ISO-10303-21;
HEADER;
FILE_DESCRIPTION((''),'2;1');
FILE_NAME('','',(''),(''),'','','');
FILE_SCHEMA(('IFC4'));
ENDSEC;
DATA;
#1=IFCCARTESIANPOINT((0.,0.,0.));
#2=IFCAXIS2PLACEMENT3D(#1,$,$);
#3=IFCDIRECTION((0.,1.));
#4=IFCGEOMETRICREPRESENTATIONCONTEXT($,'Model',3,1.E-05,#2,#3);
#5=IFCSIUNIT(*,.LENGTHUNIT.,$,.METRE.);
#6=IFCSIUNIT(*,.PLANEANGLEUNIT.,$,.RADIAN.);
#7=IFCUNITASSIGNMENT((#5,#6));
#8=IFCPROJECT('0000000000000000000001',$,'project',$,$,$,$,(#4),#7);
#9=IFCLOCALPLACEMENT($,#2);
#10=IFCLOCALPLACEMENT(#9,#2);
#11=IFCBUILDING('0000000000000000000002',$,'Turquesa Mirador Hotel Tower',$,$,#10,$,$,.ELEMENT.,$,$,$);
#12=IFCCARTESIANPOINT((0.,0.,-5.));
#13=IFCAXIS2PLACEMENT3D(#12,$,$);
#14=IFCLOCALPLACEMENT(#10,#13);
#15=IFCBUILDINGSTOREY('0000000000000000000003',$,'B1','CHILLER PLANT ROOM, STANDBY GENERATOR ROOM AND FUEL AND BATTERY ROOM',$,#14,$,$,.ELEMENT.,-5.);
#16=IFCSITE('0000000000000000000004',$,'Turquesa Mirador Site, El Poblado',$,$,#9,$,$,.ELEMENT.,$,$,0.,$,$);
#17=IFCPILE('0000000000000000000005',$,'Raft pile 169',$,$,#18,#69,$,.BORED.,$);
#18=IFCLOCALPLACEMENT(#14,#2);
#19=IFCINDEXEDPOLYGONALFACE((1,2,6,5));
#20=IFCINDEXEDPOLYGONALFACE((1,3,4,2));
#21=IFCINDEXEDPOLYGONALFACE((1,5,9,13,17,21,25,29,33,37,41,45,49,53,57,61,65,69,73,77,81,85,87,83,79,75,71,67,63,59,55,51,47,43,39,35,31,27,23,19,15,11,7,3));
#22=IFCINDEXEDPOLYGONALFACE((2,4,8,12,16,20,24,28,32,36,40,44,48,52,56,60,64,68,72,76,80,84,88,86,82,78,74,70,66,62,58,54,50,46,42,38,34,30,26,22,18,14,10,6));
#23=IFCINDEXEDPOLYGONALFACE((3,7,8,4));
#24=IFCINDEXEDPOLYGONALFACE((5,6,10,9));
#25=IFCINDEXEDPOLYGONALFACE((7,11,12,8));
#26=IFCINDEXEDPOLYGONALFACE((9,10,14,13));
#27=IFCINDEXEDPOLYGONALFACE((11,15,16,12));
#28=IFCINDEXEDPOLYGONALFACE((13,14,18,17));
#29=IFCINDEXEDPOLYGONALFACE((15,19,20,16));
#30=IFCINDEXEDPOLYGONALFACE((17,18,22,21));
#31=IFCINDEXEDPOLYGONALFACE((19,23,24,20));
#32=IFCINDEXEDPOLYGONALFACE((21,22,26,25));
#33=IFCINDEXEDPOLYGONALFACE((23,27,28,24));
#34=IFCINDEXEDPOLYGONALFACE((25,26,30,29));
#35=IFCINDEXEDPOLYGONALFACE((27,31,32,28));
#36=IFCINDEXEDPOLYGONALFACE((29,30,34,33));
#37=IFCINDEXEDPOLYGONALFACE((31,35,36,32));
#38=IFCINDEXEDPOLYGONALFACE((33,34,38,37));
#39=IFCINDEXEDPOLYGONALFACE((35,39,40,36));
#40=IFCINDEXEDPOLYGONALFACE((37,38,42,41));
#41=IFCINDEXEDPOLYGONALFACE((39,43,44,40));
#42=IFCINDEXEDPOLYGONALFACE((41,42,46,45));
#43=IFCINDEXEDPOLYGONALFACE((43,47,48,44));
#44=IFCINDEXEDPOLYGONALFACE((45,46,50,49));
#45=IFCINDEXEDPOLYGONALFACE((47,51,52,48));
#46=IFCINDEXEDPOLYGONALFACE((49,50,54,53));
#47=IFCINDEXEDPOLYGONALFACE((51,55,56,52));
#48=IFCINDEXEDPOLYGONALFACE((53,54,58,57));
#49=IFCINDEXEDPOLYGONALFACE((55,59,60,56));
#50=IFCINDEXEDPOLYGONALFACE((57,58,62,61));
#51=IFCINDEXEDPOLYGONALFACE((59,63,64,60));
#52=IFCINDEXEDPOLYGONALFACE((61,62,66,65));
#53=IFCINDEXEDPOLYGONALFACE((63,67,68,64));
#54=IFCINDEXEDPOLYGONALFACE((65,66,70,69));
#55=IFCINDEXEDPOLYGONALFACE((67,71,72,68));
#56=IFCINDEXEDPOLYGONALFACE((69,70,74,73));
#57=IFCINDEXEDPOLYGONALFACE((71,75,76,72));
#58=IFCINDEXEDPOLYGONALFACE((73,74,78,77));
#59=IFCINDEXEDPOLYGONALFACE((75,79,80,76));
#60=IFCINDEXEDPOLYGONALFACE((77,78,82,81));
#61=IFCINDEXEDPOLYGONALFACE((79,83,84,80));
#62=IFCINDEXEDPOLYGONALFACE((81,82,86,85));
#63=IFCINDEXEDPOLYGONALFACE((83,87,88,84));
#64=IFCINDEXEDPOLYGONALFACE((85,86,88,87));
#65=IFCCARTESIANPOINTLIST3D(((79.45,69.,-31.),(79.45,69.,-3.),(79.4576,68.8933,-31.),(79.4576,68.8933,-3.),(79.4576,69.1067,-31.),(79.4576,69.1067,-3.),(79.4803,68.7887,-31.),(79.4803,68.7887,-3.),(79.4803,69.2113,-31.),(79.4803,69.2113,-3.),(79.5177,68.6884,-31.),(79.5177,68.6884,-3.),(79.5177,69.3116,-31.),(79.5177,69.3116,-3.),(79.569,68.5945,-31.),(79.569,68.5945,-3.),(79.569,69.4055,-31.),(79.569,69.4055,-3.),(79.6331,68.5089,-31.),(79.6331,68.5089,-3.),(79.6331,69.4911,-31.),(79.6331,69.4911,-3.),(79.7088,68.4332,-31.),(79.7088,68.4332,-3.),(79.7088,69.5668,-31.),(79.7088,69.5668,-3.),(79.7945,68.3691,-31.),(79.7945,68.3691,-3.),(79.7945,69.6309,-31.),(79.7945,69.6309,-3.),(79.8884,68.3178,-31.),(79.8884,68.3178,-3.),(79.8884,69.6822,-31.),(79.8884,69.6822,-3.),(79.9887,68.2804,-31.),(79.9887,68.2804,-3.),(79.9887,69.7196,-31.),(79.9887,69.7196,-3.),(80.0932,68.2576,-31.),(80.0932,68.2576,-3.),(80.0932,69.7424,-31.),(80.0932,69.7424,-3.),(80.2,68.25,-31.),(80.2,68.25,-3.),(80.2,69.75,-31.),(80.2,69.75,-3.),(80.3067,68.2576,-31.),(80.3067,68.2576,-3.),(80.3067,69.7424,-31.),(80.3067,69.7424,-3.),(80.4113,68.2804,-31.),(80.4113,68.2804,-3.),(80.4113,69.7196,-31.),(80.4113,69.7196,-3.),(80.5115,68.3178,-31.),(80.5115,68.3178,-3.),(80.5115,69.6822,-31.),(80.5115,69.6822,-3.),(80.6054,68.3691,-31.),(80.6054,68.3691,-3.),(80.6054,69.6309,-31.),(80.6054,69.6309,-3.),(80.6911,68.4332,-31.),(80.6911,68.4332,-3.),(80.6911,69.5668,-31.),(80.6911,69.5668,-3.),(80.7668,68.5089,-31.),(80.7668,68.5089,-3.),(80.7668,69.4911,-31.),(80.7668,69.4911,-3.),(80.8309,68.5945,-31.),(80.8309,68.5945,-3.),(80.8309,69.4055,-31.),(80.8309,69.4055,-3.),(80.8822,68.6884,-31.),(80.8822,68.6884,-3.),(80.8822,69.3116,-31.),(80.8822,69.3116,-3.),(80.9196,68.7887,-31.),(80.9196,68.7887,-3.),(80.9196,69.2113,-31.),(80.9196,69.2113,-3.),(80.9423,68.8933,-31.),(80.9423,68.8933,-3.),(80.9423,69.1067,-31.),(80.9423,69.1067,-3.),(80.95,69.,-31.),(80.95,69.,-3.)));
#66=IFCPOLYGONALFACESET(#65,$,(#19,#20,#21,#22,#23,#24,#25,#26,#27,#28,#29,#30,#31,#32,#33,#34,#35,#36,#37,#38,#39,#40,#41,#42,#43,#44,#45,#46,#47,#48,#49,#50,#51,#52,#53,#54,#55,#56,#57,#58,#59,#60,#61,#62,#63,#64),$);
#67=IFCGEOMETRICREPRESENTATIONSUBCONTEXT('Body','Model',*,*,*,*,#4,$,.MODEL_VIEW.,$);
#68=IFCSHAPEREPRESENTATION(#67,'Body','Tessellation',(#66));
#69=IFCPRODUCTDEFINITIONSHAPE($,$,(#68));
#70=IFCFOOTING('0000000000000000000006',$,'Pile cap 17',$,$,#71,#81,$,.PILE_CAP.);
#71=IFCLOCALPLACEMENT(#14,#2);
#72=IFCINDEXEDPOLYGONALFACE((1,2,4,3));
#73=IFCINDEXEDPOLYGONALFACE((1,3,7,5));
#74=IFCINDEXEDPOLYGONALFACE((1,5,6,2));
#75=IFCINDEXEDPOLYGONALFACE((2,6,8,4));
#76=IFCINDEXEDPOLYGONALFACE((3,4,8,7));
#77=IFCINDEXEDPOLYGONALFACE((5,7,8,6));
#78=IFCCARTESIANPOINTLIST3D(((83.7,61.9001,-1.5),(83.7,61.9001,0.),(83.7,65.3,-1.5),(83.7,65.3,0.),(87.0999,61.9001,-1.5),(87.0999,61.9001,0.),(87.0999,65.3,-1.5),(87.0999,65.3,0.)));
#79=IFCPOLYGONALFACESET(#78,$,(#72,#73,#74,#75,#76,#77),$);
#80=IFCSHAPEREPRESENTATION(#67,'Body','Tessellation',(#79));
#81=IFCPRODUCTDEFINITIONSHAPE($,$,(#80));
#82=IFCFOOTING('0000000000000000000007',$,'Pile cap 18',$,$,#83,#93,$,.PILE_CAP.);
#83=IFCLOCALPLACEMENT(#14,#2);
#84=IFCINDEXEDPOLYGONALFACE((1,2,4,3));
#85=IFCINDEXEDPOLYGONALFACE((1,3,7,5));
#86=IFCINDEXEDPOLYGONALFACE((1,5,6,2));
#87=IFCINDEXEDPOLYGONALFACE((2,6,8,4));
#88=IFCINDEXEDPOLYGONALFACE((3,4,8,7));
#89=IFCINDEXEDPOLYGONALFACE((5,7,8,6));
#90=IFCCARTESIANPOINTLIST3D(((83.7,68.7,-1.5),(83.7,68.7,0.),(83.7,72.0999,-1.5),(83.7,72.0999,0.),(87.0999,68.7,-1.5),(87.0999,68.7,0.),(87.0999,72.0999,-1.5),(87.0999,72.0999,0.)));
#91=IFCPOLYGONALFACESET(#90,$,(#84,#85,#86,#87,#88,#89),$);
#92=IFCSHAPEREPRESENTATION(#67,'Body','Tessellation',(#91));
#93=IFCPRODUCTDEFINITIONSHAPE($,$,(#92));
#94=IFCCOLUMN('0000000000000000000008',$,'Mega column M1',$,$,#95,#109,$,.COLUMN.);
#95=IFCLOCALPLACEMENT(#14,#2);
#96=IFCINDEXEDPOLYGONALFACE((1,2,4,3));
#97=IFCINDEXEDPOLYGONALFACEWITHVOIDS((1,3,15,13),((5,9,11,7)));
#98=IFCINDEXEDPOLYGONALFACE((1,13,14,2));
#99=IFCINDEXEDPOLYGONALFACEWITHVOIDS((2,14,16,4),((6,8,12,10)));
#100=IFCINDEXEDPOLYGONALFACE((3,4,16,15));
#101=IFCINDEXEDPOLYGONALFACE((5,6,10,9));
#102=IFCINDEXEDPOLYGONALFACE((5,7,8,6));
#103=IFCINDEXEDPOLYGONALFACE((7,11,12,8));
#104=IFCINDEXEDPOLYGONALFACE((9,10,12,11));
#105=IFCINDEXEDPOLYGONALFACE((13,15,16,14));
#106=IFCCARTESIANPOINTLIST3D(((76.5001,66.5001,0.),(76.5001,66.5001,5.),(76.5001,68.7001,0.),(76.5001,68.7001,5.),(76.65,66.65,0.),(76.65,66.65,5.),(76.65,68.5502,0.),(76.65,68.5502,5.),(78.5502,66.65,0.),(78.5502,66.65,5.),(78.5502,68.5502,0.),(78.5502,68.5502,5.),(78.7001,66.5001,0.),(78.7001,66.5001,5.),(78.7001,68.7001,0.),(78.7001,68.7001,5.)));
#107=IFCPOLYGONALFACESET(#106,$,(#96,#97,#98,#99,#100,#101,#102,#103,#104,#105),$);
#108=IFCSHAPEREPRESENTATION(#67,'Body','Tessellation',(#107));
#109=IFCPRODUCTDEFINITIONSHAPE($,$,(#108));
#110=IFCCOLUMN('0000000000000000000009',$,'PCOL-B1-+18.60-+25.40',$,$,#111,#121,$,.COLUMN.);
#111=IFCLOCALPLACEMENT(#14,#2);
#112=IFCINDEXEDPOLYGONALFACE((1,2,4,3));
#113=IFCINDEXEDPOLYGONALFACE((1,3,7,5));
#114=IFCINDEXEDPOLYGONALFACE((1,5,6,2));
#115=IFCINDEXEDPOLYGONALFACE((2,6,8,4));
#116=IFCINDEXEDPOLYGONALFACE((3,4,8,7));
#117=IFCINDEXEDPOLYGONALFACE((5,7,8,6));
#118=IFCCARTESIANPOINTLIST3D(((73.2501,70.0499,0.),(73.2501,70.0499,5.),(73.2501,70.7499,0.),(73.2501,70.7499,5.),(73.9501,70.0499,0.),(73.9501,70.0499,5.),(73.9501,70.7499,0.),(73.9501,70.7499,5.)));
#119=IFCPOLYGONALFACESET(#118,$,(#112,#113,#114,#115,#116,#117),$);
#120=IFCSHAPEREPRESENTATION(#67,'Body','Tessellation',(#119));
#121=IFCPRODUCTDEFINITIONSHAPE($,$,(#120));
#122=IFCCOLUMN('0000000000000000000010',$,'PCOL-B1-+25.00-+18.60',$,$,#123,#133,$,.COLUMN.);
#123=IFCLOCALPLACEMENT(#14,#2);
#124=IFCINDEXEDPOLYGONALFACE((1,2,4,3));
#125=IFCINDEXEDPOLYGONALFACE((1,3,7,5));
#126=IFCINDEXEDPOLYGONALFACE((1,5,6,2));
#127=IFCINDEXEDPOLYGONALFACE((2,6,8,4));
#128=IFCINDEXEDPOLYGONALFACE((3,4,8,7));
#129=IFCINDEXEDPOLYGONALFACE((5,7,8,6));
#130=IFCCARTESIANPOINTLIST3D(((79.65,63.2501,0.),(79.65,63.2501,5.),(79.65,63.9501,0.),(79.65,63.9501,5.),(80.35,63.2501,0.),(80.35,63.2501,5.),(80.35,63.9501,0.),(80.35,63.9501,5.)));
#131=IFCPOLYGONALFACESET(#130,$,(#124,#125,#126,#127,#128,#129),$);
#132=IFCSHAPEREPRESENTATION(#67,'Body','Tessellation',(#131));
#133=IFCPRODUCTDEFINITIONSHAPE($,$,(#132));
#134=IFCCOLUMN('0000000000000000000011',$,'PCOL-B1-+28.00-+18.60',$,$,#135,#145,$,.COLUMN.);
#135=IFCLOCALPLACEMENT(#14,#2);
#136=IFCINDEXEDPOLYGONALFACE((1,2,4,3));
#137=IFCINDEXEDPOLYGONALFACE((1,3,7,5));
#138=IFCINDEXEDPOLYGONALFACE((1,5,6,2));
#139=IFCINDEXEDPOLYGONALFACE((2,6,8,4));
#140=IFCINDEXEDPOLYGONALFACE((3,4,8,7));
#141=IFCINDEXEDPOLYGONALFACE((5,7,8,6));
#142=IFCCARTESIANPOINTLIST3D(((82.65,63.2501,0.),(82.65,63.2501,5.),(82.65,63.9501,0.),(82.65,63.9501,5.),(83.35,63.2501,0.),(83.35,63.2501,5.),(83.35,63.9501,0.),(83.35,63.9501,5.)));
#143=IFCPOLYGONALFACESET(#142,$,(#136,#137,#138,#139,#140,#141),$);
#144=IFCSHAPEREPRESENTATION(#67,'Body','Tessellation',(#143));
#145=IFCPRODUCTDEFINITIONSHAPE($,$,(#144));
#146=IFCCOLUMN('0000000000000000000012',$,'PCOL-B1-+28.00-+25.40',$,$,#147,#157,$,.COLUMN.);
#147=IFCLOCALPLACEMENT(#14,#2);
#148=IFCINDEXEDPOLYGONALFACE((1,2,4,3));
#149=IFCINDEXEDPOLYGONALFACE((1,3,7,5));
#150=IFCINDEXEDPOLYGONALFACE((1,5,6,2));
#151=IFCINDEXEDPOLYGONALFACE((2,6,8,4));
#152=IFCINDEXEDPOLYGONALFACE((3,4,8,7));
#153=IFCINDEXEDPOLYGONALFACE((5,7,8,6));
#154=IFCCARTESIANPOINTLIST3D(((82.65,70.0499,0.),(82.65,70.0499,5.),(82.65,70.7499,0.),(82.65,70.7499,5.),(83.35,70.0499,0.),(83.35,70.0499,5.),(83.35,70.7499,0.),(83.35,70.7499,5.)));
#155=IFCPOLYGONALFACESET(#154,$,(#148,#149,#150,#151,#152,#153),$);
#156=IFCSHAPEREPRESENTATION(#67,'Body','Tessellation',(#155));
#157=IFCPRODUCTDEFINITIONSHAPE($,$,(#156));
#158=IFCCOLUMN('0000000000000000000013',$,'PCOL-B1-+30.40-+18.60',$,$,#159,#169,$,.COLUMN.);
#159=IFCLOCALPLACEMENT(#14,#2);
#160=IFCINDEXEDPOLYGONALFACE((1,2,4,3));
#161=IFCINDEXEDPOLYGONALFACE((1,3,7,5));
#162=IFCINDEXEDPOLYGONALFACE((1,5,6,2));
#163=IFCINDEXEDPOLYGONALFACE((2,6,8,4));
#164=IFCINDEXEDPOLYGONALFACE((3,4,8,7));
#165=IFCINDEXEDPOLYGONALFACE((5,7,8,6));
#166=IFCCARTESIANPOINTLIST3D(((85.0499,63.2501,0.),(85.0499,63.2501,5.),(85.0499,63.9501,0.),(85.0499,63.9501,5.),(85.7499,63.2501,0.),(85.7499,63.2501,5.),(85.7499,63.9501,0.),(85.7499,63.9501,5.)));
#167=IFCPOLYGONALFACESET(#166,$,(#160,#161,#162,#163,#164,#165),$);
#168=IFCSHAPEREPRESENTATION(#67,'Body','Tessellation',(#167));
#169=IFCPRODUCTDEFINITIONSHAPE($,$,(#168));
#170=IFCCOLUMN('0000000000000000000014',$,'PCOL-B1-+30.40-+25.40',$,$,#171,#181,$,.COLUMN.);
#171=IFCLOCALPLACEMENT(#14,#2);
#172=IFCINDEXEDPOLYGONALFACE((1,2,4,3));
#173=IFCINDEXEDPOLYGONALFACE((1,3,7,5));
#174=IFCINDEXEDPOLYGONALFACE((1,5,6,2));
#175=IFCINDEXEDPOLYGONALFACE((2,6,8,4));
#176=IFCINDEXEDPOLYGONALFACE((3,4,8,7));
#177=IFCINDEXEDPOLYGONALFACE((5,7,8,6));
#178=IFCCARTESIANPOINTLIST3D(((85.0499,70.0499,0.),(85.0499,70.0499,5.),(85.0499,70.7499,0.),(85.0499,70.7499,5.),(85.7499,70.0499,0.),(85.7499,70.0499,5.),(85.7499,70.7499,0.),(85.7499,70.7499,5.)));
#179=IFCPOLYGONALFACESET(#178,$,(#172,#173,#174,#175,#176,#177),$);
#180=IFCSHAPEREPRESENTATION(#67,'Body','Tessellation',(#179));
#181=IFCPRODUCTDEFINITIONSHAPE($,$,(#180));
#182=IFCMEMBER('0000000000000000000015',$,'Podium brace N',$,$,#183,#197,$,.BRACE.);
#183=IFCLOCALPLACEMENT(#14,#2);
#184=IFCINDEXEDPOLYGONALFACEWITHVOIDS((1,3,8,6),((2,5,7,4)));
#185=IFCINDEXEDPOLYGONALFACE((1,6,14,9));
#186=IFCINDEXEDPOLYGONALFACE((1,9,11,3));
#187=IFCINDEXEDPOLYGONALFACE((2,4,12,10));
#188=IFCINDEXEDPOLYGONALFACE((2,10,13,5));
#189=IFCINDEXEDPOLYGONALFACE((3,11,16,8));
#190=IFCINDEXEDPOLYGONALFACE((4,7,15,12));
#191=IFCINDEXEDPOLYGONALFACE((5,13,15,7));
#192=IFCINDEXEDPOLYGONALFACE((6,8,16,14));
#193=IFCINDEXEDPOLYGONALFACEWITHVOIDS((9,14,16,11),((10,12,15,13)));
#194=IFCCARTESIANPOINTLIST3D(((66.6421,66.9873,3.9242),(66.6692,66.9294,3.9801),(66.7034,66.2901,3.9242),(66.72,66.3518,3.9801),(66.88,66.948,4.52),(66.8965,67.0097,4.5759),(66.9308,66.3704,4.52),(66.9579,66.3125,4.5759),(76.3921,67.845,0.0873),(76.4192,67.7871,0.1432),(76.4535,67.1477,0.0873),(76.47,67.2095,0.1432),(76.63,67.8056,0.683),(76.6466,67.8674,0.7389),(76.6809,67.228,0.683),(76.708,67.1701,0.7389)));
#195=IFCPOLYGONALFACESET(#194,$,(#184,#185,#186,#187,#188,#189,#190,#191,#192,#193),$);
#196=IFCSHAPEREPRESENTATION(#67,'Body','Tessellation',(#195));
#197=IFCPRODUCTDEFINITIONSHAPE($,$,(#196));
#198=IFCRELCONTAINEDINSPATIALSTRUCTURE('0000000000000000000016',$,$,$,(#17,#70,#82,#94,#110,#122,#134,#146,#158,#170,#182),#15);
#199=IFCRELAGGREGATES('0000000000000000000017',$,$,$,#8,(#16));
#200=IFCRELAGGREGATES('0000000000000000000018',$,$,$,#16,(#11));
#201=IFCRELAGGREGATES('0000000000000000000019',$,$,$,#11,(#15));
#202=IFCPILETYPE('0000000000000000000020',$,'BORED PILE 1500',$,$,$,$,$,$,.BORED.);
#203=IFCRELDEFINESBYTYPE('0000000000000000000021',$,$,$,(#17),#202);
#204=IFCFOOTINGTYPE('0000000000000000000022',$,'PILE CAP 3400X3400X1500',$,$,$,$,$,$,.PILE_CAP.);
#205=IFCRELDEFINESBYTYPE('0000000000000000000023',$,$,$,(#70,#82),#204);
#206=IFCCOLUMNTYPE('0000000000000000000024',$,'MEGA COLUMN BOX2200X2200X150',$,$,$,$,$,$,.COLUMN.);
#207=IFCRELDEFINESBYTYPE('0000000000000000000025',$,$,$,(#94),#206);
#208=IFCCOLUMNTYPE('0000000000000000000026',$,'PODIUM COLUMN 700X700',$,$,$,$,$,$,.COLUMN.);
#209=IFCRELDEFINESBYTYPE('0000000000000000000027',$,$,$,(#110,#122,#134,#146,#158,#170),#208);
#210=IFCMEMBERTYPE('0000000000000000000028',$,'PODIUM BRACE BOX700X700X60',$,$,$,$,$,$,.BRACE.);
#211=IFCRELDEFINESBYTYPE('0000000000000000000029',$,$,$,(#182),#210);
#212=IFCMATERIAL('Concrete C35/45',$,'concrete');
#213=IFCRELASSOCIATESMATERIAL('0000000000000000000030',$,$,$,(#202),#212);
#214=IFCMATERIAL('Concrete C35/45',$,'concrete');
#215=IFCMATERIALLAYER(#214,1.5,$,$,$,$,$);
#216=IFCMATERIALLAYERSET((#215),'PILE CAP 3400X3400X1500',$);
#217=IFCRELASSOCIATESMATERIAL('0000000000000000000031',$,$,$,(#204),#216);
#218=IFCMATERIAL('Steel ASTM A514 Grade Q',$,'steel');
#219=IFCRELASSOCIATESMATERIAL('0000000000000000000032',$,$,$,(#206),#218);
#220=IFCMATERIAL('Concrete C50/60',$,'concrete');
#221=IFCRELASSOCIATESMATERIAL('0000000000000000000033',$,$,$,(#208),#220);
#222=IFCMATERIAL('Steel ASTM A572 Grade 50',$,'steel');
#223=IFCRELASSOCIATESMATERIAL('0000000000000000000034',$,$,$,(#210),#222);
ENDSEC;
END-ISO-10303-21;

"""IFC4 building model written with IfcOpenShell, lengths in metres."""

from ifc_helpers import new_model, si_unit, direction, frame, origin, origin_2d, place, context, subcontext, project, spatial, rectangle, hollow_rectangle, circle, extrude, material, layer, layer_set, material_profile, profile_set, type_object, element, save


model = new_model("IFC4")

# Units and contexts
model_context = context("Model", 3, precision=1e-05, world=origin(), true_north=direction((0.0, 1.0)))
body_context = subcontext(model_context, "Body", "Model", "MODEL_VIEW")
ifc_project = project(units=[si_unit("LENGTHUNIT", "METRE"), si_unit("PLANEANGLEUNIT", "RADIAN")], contexts=[model_context])

# Site, building, storey
site_placement = place(None, origin())
site = spatial("IfcSite", under=ifc_project, at=site_placement, Name="Turquesa Mirador Site, El Poblado", CompositionType="ELEMENT", RefElevation=0.0)
building_placement = place(site_placement, origin())
building = spatial("IfcBuilding", under=site, at=building_placement, Name="Turquesa Mirador Hotel Tower", CompositionType="ELEMENT")
storey_placement = place(building_placement, frame((0.0, 0.0, -5.0)))
storey = spatial("IfcBuildingStorey", under=building, at=storey_placement, Name="B1", Description="CHILLER PLANT ROOM, STANDBY GENERATOR ROOM AND FUEL AND BATTERY ROOM", CompositionType="ELEMENT", Elevation=-5.0)

# Pile
ifc_material_1 = material(Name="Concrete C35/45", Category="concrete")
pile_type_1 = type_object("IfcPileType", Name="BORED PILE 1500", PredefinedType="BORED", material=ifc_material_1)
for number, where, z_axis, x_axis, name in (
    (1, (80.2, 69.0, -3.0), (0.0, 0.0, -1.0), (1.0, 0.0, 0.0), "Raft pile 169"),
):
    element("IfcPile", number, at=place(storey_placement, frame(where, z_axis=z_axis, x_axis=x_axis)), inside=storey, type_object=pile_type_1, Name=name, PredefinedType="BORED", context=body_context, shape_type="SweptSolid", body=[
        extrude(circle(Radius=0.75, at=origin_2d()), origin(), (0.0, 0.0, 1.0), 28.0),
    ])

# Footings
ifc_material_2 = material(Name="Concrete C35/45", Category="concrete")
ifc_layer = layer(ifc_material_2, 1.5)
ifc_layer_set = layer_set([ifc_layer], Name="PILE CAP 3400X3400X1500")
footing_type = type_object("IfcFootingType", Name="PILE CAP 3400X3400X1500", PredefinedType="PILE_CAP", material=ifc_layer_set)
for number, where, z_axis, x_axis, name in (
    (2, (85.3999, 63.6001, -1.5), (0.0, 0.0, 1.0), (1.0, 0.0, 0.0), "Pile cap 17"),
    (3, (85.3999, 70.3999, -1.5), (0.0, 0.0, 1.0), (1.0, 0.0, 0.0), "Pile cap 18"),
):
    element("IfcFooting", number, at=place(storey_placement, frame(where, z_axis=z_axis, x_axis=x_axis)), inside=storey, type_object=footing_type, Name=name, PredefinedType="PILE_CAP", context=body_context, shape_type="SweptSolid", body=[
        extrude(rectangle(XDim=3.3999, YDim=3.3999, at=origin_2d()), origin(), (0.0, 0.0, 1.0), 1.5),
    ])

# Columns
ifc_material_3 = material(Name="Steel ASTM A514 Grade Q", Category="steel")
ifc_material_profile_1 = material_profile(ifc_material_3, hollow_rectangle(XDim=2.2, YDim=2.2, WallThickness=0.1499, at=origin_2d()), Name="BOX2200X2200X150")
ifc_profile_set_1 = profile_set([ifc_material_profile_1], Name="Steel ASTM A514 Grade Q")
column_type_1 = type_object("IfcColumnType", Name="MEGA COLUMN BOX2200X2200X150", PredefinedType="COLUMN", material=ifc_profile_set_1)
column_placement = place(storey_placement, frame((77.6001, 67.6001, 0.0), z_axis=(0.0, 0.0, 1.0), x_axis=(1.0, 0.0, 0.0)))
element("IfcColumn", 4, at=column_placement, inside=storey, type_object=column_type_1, Name="Mega column M1", PredefinedType="COLUMN", context=body_context, shape_type="SweptSolid", body=[
    extrude(hollow_rectangle(XDim=2.2, YDim=2.2, WallThickness=0.1499, at=origin_2d()), origin(), (0.0, 0.0, 1.0), 5.0),
])
ifc_material_4 = material(Name="Concrete C50/60", Category="concrete")
ifc_material_profile_2 = material_profile(ifc_material_4, rectangle(XDim=0.7, YDim=0.7, at=origin_2d()), Name="RC 700X700")
ifc_profile_set_2 = profile_set([ifc_material_profile_2], Name="Concrete C50/60")
column_type_2 = type_object("IfcColumnType", Name="PODIUM COLUMN 700X700", PredefinedType="COLUMN", material=ifc_profile_set_2)
for number, where, z_axis, x_axis, name in (
    (5, (73.6001, 70.3999, 0.0), (0.0, 0.0, 1.0), (1.0, 0.0, 0.0), "PCOL-B1-+18.60-+25.40"),
    (6, (80.0, 63.6001, 0.0), (0.0, 0.0, 1.0), (1.0, 0.0, 0.0), "PCOL-B1-+25.00-+18.60"),
    (7, (83.0, 63.6001, 0.0), (0.0, 0.0, 1.0), (1.0, 0.0, 0.0), "PCOL-B1-+28.00-+18.60"),
    (8, (83.0, 70.3999, 0.0), (0.0, 0.0, 1.0), (1.0, 0.0, 0.0), "PCOL-B1-+28.00-+25.40"),
    (9, (85.3999, 63.6001, 0.0), (0.0, 0.0, 1.0), (1.0, 0.0, 0.0), "PCOL-B1-+30.40-+18.60"),
    (10, (85.3999, 70.3999, 0.0), (0.0, 0.0, 1.0), (1.0, 0.0, 0.0), "PCOL-B1-+30.40-+25.40"),
):
    element("IfcColumn", number, at=place(storey_placement, frame(where, z_axis=z_axis, x_axis=x_axis)), inside=storey, type_object=column_type_2, Name=name, PredefinedType="COLUMN", context=body_context, shape_type="SweptSolid", body=[
        extrude(rectangle(XDim=0.7, YDim=0.7, at=origin_2d()), origin(), (0.0, 0.0, 1.0), 5.0),
    ])

# Member
ifc_material_5 = material(Name="Steel ASTM A572 Grade 50", Category="steel")
ifc_material_profile_3 = material_profile(ifc_material_5, hollow_rectangle(XDim=0.7, YDim=0.7, WallThickness=0.0601, at=origin_2d()), Name="BOX700X700X60")
ifc_profile_set_3 = profile_set([ifc_material_profile_3], Name="Steel ASTM A572 Grade 50")
member_type = type_object("IfcMemberType", Name="PODIUM BRACE BOX700X700X60", PredefinedType="BRACE", material=ifc_profile_set_3)
for number, where, z_axis, x_axis, name in (
    (11, (76.55, 67.5076, 0.4131), (-0.927436, -0.081583, 0.364974), (0.087627, -0.996153, 0.0), "Podium brace N"),
):
    element("IfcMember", number, at=place(storey_placement, frame(where, z_axis=z_axis, x_axis=x_axis)), inside=storey, type_object=member_type, Name=name, PredefinedType="BRACE", context=body_context, shape_type="SweptSolid", body=[
        extrude(hollow_rectangle(XDim=0.7, YDim=0.7, WallThickness=0.0601, at=origin_2d()), origin(), (0.0, 0.0, 1.0), 10.5129),
    ])

save(model, "model.ifc")
